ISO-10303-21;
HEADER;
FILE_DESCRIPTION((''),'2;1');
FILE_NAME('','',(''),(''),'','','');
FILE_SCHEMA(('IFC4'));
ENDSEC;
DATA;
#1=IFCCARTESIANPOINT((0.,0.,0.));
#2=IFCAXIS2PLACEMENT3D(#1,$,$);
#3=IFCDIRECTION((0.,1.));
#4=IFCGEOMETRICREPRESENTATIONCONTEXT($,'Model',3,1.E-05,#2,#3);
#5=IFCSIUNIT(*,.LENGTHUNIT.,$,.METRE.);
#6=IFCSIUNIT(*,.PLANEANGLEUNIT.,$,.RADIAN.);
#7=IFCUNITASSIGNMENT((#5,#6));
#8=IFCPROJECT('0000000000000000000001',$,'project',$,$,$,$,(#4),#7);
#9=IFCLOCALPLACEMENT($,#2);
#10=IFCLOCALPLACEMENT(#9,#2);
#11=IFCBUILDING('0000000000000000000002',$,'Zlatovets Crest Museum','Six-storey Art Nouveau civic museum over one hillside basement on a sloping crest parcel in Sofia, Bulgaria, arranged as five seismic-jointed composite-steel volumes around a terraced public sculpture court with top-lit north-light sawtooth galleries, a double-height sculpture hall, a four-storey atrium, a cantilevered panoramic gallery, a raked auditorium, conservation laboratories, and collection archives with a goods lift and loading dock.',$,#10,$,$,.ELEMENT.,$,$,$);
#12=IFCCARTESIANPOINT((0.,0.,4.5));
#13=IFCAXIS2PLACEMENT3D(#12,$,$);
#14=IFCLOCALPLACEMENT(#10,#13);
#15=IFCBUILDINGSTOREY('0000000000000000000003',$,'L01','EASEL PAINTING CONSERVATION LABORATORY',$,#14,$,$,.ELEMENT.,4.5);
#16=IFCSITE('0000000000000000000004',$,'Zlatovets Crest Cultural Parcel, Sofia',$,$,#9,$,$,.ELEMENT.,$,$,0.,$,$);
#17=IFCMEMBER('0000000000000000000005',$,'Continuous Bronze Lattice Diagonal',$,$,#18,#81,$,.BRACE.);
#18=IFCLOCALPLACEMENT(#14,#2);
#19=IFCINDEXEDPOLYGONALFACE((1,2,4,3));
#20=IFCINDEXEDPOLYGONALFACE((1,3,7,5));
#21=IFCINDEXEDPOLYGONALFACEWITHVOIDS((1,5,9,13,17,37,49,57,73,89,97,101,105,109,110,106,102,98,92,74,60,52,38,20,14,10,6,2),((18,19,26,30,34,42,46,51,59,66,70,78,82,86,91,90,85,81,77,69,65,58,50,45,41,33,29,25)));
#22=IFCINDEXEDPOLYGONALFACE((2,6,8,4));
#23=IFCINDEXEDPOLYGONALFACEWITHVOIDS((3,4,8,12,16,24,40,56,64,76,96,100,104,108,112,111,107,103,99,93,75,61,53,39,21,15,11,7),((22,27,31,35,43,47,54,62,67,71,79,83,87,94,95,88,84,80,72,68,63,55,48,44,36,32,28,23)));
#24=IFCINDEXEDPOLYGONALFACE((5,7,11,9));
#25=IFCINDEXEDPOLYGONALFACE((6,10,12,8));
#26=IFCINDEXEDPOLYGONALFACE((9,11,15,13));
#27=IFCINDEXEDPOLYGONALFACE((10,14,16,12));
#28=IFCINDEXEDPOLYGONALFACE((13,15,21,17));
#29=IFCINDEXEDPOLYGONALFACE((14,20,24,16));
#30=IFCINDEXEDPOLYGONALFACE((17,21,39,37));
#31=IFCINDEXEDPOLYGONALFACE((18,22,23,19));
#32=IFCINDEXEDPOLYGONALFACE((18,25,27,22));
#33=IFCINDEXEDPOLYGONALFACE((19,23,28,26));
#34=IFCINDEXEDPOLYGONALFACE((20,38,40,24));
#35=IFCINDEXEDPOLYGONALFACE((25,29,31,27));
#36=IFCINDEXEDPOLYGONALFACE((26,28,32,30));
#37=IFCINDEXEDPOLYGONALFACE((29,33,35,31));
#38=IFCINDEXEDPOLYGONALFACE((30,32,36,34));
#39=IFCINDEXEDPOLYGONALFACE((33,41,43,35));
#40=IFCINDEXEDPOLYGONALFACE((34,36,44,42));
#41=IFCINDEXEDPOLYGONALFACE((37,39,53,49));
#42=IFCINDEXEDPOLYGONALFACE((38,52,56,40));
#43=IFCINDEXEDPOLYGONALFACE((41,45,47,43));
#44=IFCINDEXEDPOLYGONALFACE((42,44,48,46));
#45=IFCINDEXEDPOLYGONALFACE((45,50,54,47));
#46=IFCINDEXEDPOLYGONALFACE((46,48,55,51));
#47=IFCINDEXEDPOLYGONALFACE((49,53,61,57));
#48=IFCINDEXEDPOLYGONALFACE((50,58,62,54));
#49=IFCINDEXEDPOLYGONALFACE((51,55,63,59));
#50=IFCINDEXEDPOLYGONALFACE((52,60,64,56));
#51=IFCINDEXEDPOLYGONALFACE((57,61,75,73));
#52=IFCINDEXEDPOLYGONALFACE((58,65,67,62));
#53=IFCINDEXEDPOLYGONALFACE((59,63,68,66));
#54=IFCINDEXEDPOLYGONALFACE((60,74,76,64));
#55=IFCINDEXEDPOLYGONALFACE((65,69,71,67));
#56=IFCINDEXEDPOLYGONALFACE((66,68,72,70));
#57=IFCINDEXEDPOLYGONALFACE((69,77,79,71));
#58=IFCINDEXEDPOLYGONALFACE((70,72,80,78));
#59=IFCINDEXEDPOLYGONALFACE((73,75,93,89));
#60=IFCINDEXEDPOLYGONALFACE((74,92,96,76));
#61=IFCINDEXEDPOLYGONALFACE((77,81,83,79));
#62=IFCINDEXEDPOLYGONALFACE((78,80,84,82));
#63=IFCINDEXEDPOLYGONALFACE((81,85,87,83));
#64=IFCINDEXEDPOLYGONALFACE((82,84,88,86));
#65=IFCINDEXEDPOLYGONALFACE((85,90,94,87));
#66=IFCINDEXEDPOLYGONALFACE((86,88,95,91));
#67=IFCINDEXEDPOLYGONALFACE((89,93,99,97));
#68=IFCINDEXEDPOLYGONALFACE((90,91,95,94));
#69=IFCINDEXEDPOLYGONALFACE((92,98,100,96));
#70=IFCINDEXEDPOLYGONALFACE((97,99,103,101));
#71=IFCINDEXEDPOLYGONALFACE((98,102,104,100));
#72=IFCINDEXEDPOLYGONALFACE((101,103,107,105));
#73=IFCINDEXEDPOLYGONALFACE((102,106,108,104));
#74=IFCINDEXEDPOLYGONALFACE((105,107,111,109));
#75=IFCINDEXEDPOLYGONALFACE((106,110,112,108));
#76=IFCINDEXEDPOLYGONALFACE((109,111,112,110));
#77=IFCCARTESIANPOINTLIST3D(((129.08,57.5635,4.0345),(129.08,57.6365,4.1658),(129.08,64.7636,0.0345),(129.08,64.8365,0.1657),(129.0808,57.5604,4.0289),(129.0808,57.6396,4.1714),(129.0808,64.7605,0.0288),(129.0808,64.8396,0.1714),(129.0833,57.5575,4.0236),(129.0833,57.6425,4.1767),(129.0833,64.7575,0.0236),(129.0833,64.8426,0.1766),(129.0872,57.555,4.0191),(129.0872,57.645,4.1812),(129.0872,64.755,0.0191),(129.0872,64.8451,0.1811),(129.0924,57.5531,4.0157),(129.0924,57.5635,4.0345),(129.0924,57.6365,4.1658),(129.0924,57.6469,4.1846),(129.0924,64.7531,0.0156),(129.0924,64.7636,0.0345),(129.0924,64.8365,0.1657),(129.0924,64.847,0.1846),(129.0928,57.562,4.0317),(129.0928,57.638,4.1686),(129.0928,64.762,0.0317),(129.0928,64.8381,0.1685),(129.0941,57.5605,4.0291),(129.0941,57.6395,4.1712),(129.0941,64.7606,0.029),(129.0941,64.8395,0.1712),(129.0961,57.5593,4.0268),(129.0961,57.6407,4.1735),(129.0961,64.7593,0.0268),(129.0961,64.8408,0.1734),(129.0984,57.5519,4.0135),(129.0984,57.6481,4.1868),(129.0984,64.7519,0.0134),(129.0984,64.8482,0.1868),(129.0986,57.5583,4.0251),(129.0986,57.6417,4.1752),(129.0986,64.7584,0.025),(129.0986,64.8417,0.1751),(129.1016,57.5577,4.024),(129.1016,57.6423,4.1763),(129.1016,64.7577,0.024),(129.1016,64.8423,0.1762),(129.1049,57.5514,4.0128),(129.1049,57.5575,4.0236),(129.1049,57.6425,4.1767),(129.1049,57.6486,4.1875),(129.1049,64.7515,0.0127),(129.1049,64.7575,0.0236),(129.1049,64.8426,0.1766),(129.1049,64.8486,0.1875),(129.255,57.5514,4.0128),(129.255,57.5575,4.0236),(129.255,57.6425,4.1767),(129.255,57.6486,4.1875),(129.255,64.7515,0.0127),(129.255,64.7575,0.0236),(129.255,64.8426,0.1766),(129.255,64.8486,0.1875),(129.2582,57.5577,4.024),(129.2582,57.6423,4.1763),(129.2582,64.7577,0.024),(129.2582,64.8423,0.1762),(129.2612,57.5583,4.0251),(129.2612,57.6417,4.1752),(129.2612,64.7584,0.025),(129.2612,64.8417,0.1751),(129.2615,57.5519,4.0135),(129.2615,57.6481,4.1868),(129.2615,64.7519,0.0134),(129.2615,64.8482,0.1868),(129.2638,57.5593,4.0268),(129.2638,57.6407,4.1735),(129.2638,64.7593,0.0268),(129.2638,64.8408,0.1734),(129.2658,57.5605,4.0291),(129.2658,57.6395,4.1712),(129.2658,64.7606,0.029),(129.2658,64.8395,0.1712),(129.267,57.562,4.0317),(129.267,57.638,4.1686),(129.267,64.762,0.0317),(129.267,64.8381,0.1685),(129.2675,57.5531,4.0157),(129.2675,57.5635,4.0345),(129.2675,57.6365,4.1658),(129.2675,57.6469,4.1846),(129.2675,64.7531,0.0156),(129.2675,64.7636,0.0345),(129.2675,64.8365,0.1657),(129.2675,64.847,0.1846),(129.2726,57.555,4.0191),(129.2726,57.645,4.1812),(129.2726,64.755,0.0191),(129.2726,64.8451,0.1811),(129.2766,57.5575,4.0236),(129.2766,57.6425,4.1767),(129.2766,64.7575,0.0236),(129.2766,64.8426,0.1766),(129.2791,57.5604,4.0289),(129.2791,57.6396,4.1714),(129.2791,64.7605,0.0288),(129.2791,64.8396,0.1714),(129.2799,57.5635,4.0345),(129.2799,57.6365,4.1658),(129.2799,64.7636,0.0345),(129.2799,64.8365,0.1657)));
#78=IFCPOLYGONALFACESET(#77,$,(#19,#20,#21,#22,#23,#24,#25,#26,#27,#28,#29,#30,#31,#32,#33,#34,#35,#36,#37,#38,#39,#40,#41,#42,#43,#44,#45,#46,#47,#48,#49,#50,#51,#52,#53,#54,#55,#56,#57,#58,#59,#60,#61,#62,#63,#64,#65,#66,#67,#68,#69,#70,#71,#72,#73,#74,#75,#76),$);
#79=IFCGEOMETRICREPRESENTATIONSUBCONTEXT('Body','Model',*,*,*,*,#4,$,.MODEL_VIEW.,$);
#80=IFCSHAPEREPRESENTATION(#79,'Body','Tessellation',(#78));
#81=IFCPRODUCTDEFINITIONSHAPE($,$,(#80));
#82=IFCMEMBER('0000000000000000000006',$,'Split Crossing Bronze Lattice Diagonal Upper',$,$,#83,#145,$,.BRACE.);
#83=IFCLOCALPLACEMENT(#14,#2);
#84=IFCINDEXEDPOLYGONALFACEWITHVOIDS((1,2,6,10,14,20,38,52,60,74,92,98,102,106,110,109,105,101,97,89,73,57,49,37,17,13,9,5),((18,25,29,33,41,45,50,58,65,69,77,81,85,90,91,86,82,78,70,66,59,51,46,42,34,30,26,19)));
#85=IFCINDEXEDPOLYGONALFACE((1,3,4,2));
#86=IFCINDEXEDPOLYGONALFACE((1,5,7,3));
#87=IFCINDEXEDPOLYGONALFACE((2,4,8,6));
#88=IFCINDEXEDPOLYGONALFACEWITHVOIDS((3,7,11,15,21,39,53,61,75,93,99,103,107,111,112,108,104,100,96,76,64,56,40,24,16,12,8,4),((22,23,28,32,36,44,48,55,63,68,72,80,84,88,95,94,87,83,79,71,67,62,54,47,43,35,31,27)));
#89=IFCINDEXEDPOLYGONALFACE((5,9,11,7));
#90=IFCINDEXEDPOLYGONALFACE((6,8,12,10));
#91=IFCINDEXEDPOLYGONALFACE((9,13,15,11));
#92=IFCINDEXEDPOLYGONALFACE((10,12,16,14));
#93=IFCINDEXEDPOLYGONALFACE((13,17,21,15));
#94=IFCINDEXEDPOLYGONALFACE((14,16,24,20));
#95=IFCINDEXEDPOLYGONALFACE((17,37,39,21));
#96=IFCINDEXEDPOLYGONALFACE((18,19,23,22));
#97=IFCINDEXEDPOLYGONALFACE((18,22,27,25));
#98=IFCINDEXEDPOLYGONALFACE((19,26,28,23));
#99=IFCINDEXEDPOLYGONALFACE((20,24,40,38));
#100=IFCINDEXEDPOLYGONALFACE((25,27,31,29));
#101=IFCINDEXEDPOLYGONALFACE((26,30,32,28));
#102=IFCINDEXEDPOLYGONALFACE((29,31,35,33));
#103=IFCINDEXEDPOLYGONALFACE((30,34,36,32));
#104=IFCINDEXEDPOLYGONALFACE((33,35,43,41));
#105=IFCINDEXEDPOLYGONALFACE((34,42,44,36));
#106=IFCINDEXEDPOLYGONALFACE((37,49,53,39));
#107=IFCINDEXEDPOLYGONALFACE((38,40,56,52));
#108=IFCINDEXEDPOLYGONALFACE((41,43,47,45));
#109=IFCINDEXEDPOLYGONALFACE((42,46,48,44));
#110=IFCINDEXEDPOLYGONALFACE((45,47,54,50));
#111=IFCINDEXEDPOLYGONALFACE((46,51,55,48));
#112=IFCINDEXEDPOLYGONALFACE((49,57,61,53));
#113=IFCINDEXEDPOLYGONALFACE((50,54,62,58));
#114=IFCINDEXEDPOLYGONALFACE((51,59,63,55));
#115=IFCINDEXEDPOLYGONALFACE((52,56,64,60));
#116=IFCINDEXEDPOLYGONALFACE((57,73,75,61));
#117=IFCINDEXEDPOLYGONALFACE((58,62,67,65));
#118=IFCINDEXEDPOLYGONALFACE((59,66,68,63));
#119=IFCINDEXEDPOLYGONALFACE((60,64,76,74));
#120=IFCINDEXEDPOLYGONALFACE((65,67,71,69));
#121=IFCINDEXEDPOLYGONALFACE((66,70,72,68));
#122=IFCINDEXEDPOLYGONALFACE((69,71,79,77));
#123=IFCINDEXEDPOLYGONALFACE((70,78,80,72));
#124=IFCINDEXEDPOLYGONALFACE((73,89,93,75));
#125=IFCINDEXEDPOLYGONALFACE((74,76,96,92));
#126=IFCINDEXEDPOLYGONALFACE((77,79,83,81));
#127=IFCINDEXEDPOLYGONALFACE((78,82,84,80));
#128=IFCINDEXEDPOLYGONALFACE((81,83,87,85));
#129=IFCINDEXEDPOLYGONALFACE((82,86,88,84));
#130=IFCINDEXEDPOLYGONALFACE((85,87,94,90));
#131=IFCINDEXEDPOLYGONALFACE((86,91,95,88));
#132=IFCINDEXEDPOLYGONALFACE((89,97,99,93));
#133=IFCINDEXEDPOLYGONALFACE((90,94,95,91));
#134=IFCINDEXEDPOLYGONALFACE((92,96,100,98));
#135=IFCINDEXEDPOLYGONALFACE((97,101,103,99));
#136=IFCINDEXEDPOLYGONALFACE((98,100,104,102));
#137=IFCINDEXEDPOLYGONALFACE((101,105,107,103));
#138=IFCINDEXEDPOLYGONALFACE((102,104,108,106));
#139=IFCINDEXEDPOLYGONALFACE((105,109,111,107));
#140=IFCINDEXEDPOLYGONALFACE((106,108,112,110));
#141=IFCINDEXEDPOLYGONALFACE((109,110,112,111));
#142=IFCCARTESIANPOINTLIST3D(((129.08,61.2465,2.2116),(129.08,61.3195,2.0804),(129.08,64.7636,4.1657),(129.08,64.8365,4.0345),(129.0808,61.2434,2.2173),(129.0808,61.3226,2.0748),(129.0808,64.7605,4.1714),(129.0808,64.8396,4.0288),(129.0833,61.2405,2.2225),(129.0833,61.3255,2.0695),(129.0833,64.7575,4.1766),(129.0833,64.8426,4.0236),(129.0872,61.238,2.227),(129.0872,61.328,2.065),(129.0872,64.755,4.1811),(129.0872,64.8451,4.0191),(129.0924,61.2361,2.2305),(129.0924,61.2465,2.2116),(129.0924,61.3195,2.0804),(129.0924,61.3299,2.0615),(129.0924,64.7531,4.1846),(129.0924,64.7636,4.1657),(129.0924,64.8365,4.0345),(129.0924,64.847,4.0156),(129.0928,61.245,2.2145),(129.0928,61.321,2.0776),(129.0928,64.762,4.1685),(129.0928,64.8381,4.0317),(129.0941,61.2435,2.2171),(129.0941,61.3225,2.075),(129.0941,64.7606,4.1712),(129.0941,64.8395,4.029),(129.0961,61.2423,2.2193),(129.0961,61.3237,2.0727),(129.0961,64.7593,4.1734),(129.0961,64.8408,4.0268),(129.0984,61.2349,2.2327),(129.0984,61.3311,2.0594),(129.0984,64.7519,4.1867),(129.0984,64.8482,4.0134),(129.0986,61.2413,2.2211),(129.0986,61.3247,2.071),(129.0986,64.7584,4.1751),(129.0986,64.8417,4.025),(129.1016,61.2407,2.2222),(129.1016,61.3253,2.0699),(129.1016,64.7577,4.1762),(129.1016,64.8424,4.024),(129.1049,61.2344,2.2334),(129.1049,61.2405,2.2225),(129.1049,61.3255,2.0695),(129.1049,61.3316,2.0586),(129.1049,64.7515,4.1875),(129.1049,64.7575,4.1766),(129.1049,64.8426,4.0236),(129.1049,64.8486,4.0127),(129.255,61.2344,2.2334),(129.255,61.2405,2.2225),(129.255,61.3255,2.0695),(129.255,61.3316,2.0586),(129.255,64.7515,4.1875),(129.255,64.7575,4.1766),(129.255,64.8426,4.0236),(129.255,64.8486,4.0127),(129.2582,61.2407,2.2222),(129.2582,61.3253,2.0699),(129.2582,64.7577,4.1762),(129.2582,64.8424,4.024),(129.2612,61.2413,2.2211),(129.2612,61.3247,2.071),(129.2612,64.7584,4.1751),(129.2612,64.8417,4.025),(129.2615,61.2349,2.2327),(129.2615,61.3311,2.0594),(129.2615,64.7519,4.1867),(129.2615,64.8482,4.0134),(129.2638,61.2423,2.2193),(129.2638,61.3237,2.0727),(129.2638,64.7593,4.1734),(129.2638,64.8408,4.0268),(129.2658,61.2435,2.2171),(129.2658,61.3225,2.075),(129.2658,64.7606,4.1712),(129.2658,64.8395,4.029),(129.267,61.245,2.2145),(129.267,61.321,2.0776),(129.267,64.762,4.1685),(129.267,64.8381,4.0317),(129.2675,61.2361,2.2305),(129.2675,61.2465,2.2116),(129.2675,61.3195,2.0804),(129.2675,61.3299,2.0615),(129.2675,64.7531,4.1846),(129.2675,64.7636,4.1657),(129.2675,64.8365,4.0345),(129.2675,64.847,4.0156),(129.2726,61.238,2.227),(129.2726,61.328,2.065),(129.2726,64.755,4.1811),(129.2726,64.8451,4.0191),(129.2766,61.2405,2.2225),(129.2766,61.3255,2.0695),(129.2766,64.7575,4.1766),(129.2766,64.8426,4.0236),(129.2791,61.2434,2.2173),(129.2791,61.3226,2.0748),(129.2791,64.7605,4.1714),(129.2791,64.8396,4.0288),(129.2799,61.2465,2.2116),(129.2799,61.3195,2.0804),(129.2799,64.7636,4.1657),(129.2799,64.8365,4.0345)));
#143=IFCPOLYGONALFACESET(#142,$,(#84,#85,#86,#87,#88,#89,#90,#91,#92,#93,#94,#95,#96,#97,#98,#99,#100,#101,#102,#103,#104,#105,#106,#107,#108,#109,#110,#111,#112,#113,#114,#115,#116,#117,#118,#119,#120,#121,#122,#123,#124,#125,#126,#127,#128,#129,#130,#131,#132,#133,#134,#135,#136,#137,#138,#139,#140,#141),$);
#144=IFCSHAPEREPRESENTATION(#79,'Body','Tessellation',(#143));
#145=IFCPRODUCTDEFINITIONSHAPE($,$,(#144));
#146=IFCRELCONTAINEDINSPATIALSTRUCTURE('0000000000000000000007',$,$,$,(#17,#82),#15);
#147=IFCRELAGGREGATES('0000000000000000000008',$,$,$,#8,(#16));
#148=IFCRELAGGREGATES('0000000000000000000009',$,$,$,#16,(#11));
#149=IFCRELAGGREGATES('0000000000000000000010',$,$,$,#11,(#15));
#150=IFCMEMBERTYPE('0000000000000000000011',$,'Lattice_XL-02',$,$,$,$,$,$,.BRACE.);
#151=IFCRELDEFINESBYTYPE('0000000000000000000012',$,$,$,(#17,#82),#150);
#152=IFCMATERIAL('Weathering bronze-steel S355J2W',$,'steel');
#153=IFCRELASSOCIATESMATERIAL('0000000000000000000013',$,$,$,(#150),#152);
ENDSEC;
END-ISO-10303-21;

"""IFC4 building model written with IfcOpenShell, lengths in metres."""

from ifc_helpers import new_model, si_unit, direction, frame, origin, origin_2d, place, context, subcontext, project, spatial, hollow_rectangle, extrude, material, material_profile, profile_set, type_object, element, save


model = new_model("IFC4")

# Units and contexts
model_context = context("Model", 3, precision=1e-05, world=origin(), true_north=direction((0.0, 1.0)))
body_context = subcontext(model_context, "Body", "Model", "MODEL_VIEW")
ifc_project = project(units=[si_unit("LENGTHUNIT", "METRE"), si_unit("PLANEANGLEUNIT", "RADIAN")], contexts=[model_context])

# Site, building, storey
site_placement = place(None, origin())
site = spatial("IfcSite", under=ifc_project, at=site_placement, Name="Zlatovets Crest Cultural Parcel, Sofia", CompositionType="ELEMENT", RefElevation=0.0)
building_placement = place(site_placement, origin())
building = spatial("IfcBuilding", under=site, at=building_placement, Name="Zlatovets Crest Museum", Description="Six-storey Art Nouveau civic museum over one hillside basement on a sloping crest parcel in Sofia, Bulgaria, arranged as five seismic-jointed composite-steel volumes around a terraced public sculpture court with top-lit north-light sawtooth galleries, a double-height sculpture hall, a four-storey atrium, a cantilevered panoramic gallery, a raked auditorium, conservation laboratories, and collection archives with a goods lift and loading dock.", CompositionType="ELEMENT")
storey_placement = place(building_placement, frame((0.0, 0.0, 4.5)))
storey = spatial("IfcBuildingStorey", under=building, at=storey_placement, Name="L01", Description="EASEL PAINTING CONSERVATION LABORATORY", CompositionType="ELEMENT", Elevation=4.5)

# Members
ifc_material_1 = material(Name="Weathering bronze-steel S355J2W", Category="steel")
ifc_material_profile_1 = material_profile(ifc_material_1, hollow_rectangle(XDim=0.2, YDim=0.2, WallThickness=0.0125, InnerFilletRadius=0.0125, OuterFilletRadius=0.0249, at=origin_2d()), Name="SHS 200x200x12.5")
ifc_profile_set_1 = profile_set([ifc_material_profile_1], Name="Weathering bronze-steel S355J2W")
member_type_1 = type_object("IfcMemberType", Name="Lattice_XL-02", PredefinedType="BRACE", material=ifc_profile_set_1)
member_1_placement = place(storey_placement, frame((129.1799, 64.8, 0.1001), z_axis=(0.0, -0.874156, 0.485645), x_axis=(1.0, 0.0, 0.0)))
element("IfcMember", 1, at=member_1_placement, inside=storey, type_object=member_type_1, Name="Continuous Bronze Lattice Diagonal", PredefinedType="BRACE", context=body_context, shape_type="SweptSolid", body=[
    extrude(hollow_rectangle(XDim=0.2, YDim=0.2, WallThickness=0.0125, InnerFilletRadius=0.0125, OuterFilletRadius=0.0249, at=origin_2d()), origin(), (0.0, 0.0, 1.0), 8.2366),
])
member_2_placement = place(storey_placement, frame((129.1799, 64.8, 4.1001), z_axis=(0.0, -0.87414, -0.485674), x_axis=(1.0, 0.0, 0.0)))
element("IfcMember", 2, at=member_2_placement, inside=storey, type_object=member_type_1, Name="Split Crossing Bronze Lattice Diagonal Upper", PredefinedType="BRACE", context=body_context, shape_type="SweptSolid", body=[
    extrude(hollow_rectangle(XDim=0.2, YDim=0.2, WallThickness=0.0125, InnerFilletRadius=0.0125, OuterFilletRadius=0.0249, at=origin_2d()), origin(), (0.0, 0.0, 1.0), 4.0234),
])

save(model, "model.ifc")
